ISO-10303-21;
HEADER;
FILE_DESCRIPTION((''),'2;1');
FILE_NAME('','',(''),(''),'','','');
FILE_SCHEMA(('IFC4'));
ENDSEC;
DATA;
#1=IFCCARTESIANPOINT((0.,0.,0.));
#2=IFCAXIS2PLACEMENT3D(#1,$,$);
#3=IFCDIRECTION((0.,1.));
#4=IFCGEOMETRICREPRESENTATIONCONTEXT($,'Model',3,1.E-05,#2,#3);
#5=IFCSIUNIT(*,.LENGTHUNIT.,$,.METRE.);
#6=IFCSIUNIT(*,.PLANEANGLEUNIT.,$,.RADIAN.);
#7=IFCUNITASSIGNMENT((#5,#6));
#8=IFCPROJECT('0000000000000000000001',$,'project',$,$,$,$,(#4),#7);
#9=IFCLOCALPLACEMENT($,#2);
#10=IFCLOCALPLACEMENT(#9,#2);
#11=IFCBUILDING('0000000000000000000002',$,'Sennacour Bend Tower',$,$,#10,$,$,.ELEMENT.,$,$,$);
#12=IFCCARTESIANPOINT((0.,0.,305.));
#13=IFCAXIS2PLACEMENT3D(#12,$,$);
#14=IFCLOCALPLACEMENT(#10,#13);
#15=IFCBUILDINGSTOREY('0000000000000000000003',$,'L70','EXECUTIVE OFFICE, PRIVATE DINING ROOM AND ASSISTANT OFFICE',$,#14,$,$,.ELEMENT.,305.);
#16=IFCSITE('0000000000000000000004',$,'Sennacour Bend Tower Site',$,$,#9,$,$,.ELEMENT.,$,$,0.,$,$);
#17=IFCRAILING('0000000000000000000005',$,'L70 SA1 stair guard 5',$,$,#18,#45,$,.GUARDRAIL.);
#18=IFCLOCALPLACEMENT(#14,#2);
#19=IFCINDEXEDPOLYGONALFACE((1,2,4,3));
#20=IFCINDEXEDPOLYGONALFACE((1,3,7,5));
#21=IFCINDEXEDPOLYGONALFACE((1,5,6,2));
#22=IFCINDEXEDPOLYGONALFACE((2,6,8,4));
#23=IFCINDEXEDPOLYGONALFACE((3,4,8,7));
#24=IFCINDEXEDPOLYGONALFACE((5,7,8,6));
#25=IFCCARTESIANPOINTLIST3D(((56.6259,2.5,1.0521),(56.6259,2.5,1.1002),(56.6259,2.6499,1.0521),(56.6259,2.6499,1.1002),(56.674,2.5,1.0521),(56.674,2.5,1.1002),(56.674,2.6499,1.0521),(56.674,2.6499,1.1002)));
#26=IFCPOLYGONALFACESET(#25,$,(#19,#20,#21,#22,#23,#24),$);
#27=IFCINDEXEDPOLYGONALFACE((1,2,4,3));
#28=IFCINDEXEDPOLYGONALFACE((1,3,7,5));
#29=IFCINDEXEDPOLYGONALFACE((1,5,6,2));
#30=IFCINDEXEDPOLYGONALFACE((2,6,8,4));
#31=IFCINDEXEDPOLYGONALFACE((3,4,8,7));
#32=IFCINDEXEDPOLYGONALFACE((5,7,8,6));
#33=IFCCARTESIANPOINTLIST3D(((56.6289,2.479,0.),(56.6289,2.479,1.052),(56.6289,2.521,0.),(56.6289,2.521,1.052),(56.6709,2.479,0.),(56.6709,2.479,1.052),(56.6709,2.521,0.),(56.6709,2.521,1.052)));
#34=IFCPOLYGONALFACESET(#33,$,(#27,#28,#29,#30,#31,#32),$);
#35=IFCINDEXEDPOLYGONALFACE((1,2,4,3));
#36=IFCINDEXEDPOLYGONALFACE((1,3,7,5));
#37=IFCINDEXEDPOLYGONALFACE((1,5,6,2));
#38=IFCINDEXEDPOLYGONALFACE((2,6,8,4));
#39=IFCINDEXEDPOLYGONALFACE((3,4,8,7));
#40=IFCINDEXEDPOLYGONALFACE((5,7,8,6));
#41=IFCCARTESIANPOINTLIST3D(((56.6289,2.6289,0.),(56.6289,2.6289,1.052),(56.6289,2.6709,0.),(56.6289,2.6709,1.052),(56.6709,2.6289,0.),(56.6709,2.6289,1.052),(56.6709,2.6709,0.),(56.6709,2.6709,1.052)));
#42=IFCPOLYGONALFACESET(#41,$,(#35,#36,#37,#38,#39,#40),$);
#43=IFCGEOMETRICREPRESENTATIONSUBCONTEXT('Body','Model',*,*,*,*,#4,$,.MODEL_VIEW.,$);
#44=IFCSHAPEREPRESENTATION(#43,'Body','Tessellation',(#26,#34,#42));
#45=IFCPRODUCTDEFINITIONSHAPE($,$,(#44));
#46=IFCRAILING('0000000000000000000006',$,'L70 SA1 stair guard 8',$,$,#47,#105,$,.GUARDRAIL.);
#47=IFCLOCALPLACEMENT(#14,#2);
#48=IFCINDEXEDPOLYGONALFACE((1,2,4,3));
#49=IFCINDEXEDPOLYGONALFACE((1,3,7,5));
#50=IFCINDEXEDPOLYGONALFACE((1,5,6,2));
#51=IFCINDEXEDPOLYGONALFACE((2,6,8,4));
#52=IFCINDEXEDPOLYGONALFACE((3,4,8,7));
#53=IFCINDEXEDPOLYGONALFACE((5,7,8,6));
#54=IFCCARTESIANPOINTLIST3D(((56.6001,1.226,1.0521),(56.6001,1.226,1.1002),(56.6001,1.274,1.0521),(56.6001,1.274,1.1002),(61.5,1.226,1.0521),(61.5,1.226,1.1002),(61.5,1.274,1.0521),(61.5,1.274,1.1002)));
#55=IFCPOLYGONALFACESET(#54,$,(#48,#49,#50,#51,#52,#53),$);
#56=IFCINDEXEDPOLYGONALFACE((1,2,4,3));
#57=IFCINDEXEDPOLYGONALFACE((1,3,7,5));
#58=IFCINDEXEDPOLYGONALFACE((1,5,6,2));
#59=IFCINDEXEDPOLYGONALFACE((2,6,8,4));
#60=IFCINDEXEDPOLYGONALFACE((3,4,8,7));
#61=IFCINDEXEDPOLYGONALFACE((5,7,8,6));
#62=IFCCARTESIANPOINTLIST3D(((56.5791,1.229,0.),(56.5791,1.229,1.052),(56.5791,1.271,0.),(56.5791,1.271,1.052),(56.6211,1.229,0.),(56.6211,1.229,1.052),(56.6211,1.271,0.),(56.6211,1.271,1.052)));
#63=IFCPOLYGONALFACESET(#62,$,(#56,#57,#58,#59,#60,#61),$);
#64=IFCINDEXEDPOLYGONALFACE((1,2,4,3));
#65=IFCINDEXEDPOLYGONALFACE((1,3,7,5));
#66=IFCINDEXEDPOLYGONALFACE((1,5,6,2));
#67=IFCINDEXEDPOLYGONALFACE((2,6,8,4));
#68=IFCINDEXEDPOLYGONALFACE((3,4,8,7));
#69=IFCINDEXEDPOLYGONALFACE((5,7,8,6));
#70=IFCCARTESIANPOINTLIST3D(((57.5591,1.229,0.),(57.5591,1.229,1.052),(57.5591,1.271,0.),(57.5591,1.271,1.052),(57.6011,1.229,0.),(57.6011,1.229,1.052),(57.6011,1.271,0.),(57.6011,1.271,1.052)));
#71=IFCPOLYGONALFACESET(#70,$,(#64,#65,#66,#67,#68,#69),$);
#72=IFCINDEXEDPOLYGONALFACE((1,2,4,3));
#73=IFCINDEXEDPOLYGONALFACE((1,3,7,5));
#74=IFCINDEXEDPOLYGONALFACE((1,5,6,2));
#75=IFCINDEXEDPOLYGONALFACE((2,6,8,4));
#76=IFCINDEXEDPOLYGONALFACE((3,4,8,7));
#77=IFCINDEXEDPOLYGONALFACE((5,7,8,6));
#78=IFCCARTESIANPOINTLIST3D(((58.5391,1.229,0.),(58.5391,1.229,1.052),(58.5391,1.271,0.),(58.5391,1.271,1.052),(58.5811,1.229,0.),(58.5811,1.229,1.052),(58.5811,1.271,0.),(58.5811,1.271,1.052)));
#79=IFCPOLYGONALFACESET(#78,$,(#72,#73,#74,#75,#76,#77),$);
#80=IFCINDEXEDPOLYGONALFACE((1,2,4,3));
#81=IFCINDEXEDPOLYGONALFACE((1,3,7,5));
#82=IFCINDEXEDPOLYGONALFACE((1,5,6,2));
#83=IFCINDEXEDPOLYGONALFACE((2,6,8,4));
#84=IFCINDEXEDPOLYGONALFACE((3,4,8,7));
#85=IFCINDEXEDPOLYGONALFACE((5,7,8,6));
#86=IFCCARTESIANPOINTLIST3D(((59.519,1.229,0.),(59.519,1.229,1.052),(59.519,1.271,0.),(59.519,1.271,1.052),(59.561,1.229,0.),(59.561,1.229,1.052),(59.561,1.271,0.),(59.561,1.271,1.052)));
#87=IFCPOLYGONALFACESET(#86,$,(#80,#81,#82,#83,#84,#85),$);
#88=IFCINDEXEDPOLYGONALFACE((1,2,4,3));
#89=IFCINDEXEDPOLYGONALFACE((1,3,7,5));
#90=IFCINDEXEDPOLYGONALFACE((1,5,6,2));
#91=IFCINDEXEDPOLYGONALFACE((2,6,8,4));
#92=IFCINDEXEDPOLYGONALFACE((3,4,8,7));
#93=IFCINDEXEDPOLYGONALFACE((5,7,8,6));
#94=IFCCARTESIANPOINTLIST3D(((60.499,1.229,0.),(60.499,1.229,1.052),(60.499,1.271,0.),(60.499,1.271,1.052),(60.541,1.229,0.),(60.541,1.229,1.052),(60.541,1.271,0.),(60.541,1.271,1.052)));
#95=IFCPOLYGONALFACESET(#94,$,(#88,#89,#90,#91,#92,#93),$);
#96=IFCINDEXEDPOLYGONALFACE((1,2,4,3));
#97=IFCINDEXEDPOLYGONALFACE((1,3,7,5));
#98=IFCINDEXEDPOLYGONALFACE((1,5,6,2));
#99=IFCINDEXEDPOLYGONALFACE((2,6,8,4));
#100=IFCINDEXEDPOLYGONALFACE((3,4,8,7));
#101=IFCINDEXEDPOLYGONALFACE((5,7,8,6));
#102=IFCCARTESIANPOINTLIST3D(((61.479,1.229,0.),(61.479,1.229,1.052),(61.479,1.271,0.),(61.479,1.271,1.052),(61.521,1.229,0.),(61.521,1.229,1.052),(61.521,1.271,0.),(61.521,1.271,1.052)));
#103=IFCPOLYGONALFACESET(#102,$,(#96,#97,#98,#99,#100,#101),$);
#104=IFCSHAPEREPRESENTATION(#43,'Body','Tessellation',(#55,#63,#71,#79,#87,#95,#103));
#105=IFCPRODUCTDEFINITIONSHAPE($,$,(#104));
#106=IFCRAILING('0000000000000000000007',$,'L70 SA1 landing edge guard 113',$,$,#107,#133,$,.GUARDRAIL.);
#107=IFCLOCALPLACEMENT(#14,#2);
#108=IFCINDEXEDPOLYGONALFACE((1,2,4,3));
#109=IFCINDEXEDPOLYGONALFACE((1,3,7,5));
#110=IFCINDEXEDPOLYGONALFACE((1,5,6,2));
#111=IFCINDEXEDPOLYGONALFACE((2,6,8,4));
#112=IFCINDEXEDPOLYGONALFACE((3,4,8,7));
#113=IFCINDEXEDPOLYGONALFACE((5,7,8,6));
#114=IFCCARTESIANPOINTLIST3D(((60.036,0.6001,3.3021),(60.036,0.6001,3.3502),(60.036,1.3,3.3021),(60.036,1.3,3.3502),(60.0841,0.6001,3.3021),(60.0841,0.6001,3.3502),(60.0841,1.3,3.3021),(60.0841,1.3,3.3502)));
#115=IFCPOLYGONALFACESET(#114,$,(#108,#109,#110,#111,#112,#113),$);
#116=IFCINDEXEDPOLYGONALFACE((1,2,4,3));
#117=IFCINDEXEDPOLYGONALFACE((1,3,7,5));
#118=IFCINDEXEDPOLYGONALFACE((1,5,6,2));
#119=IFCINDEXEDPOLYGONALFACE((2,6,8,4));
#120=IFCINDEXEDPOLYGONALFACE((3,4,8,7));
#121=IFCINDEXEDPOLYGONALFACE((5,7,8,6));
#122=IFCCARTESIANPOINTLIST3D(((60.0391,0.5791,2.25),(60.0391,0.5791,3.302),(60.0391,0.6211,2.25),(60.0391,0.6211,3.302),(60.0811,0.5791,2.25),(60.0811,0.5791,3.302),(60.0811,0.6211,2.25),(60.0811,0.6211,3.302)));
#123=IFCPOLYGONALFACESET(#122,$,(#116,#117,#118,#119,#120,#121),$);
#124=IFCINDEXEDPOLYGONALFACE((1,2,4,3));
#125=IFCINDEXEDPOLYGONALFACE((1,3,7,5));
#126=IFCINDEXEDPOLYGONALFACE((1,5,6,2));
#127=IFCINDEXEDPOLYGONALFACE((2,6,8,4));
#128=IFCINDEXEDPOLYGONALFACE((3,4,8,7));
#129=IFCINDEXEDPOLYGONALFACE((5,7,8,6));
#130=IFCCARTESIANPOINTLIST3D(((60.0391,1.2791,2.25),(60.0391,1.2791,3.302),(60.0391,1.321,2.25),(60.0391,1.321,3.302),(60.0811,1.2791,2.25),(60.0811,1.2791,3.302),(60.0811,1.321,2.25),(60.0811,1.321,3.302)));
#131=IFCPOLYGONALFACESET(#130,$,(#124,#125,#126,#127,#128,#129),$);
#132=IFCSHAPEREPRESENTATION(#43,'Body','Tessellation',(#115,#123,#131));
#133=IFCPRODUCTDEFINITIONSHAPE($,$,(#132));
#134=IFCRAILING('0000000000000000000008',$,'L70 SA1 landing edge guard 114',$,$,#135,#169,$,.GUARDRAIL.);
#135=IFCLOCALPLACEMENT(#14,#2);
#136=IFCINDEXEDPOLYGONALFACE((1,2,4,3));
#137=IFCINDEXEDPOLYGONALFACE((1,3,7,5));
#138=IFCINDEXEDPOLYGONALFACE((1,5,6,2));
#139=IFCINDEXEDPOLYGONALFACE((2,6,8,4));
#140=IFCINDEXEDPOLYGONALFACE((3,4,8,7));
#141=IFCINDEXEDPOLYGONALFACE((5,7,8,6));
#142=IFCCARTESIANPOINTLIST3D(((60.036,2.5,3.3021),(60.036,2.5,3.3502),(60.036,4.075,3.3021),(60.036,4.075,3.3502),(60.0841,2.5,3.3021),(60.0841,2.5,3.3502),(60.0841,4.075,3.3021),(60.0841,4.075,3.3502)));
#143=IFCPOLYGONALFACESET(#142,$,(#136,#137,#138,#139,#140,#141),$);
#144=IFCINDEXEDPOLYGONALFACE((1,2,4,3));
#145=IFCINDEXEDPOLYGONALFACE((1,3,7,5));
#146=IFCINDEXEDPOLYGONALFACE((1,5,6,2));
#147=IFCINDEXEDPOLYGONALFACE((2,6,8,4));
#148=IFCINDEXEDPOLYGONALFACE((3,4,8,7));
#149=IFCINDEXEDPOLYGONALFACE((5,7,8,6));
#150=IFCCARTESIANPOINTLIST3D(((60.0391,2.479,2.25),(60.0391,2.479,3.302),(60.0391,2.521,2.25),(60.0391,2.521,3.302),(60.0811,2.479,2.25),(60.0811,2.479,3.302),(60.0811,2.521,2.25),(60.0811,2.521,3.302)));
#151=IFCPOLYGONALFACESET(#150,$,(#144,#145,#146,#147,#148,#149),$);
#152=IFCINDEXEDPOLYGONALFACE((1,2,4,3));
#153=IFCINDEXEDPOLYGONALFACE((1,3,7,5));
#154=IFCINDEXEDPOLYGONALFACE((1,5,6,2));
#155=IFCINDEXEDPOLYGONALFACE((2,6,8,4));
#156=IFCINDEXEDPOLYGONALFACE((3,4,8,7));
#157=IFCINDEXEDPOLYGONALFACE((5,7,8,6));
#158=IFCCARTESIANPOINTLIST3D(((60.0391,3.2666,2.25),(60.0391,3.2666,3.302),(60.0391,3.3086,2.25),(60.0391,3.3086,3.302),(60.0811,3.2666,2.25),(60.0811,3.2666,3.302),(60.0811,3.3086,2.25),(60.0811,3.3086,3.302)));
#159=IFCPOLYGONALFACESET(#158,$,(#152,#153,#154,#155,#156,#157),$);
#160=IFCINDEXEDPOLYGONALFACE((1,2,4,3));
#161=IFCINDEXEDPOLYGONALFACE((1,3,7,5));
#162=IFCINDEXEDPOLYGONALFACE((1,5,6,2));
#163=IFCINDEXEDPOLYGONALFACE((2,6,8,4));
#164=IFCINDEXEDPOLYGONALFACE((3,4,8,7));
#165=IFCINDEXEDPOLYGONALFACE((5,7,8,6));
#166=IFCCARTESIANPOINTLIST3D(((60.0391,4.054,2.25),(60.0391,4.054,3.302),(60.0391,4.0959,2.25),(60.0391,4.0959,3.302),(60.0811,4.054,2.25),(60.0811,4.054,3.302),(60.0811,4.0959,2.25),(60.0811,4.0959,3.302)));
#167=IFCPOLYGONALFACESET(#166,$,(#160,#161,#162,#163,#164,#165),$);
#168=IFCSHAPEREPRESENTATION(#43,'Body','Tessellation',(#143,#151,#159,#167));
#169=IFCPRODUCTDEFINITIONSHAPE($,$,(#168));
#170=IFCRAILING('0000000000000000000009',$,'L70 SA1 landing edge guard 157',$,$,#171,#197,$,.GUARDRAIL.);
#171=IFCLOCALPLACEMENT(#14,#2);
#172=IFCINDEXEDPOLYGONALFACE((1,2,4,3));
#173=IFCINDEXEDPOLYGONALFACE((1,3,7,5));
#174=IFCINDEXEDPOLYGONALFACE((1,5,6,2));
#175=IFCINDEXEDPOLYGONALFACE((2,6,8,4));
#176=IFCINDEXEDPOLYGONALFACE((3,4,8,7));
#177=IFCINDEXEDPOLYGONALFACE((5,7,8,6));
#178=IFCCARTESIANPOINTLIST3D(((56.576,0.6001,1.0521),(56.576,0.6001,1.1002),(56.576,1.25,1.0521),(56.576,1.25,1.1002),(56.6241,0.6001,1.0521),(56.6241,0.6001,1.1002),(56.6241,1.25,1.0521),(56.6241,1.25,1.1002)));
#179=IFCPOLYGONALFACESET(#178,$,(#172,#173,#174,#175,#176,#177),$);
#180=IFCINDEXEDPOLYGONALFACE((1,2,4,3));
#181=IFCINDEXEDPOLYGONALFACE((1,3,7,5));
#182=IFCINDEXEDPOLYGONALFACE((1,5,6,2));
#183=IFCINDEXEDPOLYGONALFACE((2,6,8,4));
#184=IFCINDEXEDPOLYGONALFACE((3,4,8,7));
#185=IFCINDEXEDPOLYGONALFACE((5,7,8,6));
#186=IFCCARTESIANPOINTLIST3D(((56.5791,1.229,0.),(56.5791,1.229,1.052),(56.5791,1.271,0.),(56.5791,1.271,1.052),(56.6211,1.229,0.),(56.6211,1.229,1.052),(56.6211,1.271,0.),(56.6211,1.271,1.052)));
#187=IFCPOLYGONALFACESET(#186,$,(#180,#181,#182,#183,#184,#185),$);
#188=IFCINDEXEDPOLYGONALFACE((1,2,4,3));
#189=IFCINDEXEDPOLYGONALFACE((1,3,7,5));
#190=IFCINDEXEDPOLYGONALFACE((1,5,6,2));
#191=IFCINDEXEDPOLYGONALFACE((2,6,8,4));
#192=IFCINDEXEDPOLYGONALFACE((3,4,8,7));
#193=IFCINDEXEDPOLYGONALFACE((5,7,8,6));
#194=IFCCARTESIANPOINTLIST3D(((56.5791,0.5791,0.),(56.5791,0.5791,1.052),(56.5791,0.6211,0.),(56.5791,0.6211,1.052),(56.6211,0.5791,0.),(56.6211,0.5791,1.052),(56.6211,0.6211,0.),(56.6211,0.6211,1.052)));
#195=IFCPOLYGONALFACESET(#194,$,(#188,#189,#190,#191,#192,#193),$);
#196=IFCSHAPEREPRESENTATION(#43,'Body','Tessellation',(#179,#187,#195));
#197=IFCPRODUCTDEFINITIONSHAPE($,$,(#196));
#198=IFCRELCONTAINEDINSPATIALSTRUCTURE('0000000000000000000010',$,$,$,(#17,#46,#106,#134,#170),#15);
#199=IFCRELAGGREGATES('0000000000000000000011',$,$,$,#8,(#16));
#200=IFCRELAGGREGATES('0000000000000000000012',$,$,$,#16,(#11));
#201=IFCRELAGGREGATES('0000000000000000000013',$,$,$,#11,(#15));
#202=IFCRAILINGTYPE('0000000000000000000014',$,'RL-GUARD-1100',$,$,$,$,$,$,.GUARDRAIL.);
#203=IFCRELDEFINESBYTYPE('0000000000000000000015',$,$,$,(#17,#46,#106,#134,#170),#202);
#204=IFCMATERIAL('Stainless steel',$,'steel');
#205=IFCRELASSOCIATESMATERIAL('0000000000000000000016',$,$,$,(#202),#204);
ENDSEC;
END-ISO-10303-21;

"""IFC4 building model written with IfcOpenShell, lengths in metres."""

from ifc_helpers import new_model, si_unit, direction, frame, origin, origin_2d, place, context, subcontext, project, spatial, rectangle, extrude, material, type_object, element, save


model = new_model("IFC4")

# Units and contexts
model_context = context("Model", 3, precision=1e-05, world=origin(), true_north=direction((0.0, 1.0)))
body_context = subcontext(model_context, "Body", "Model", "MODEL_VIEW")
ifc_project = project(units=[si_unit("LENGTHUNIT", "METRE"), si_unit("PLANEANGLEUNIT", "RADIAN")], contexts=[model_context])

# Site, building, storey
site_placement = place(None, origin())
site = spatial("IfcSite", under=ifc_project, at=site_placement, Name="Sennacour Bend Tower Site", CompositionType="ELEMENT", RefElevation=0.0)
building_placement = place(site_placement, origin())
building = spatial("IfcBuilding", under=site, at=building_placement, Name="Sennacour Bend Tower", CompositionType="ELEMENT")
storey_placement = place(building_placement, frame((0.0, 0.0, 305.0)))
storey = spatial("IfcBuildingStorey", under=building, at=storey_placement, Name="L70", Description="EXECUTIVE OFFICE, PRIVATE DINING ROOM AND ASSISTANT OFFICE", CompositionType="ELEMENT", Elevation=305.0)

# Shared definitions
ifc_material_1 = material(Name="Stainless steel", Category="steel")

# Railings
railing_type_1 = type_object("IfcRailingType", Name="RL-GUARD-1100", PredefinedType="GUARDRAIL", material=ifc_material_1)
railing_1_placement = place(storey_placement, frame((56.6499, 2.5, 0.0)))
element("IfcRailing", 1, at=railing_1_placement, inside=storey, type_object=railing_type_1, Name="L70 SA1 stair guard 5", PredefinedType="GUARDRAIL", context=body_context, shape_type="SweptSolid", body=[
    extrude(rectangle(XDim=0.0481, YDim=0.0481, at=origin_2d()), frame((0.0, 0.0, 1.0762), z_axis=(0.0, 1.0, 0.0), x_axis=(-1.0, 0.0, 0.0)), (0.0, 0.0, 1.0), 0.1499),
    extrude(rectangle(XDim=0.042, YDim=0.042, at=origin_2d()), origin(), (0.0, 0.0, 1.0), 1.052),
    extrude(rectangle(XDim=0.042, YDim=0.042, at=origin_2d()), frame((0.0, 0.1499, 0.0)), (0.0, 0.0, 1.0), 1.052),
])
railing_2_placement = place(storey_placement, frame((56.6001, 1.25, 0.0)))
element("IfcRailing", 2, at=railing_2_placement, inside=storey, type_object=railing_type_1, Name="L70 SA1 stair guard 8", PredefinedType="GUARDRAIL", context=body_context, shape_type="SweptSolid", body=[
    extrude(rectangle(XDim=0.0481, YDim=0.0481, at=origin_2d()), frame((0.0, 0.0, 1.0762), z_axis=(1.0, 0.0, 0.0), x_axis=(0.0, 1.0, 0.0)), (0.0, 0.0, 1.0), 4.8999),
    extrude(rectangle(XDim=0.042, YDim=0.042, at=origin_2d()), origin(), (0.0, 0.0, 1.0), 1.052),
    extrude(rectangle(XDim=0.042, YDim=0.042, at=origin_2d()), frame((0.98, 0.0, 0.0)), (0.0, 0.0, 1.0), 1.052),
    extrude(rectangle(XDim=0.042, YDim=0.042, at=origin_2d()), frame((1.96, 0.0, 0.0)), (0.0, 0.0, 1.0), 1.052),
    extrude(rectangle(XDim=0.042, YDim=0.042, at=origin_2d()), frame((2.9399, 0.0, 0.0)), (0.0, 0.0, 1.0), 1.052),
    extrude(rectangle(XDim=0.042, YDim=0.042, at=origin_2d()), frame((3.9199, 0.0, 0.0)), (0.0, 0.0, 1.0), 1.052),
    extrude(rectangle(XDim=0.042, YDim=0.042, at=origin_2d()), frame((4.8999, 0.0, 0.0)), (0.0, 0.0, 1.0), 1.052),
])
railing_3_placement = place(storey_placement, frame((60.0601, 0.6001, 2.25)))
element("IfcRailing", 3, at=railing_3_placement, inside=storey, type_object=railing_type_1, Name="L70 SA1 landing edge guard 113", PredefinedType="GUARDRAIL", context=body_context, shape_type="SweptSolid", body=[
    extrude(rectangle(XDim=0.0481, YDim=0.0481, at=origin_2d()), frame((0.0, 0.0, 1.0762), z_axis=(0.0, 1.0, 0.0), x_axis=(-1.0, 0.0, 0.0)), (0.0, 0.0, 1.0), 0.7),
    extrude(rectangle(XDim=0.042, YDim=0.042, at=origin_2d()), origin(), (0.0, 0.0, 1.0), 1.052),
    extrude(rectangle(XDim=0.042, YDim=0.042, at=origin_2d()), frame((0.0, 0.7, 0.0)), (0.0, 0.0, 1.0), 1.052),
])
railing_4_placement = place(storey_placement, frame((60.0601, 2.5, 2.25)))
element("IfcRailing", 4, at=railing_4_placement, inside=storey, type_object=railing_type_1, Name="L70 SA1 landing edge guard 114", PredefinedType="GUARDRAIL", context=body_context, shape_type="SweptSolid", body=[
    extrude(rectangle(XDim=0.0481, YDim=0.0481, at=origin_2d()), frame((0.0, 0.0, 1.0762), z_axis=(0.0, 1.0, 0.0), x_axis=(-1.0, 0.0, 0.0)), (0.0, 0.0, 1.0), 1.575),
    extrude(rectangle(XDim=0.042, YDim=0.042, at=origin_2d()), origin(), (0.0, 0.0, 1.0), 1.052),
    extrude(rectangle(XDim=0.042, YDim=0.042, at=origin_2d()), frame((0.0, 0.7876, 0.0)), (0.0, 0.0, 1.0), 1.052),
    extrude(rectangle(XDim=0.042, YDim=0.042, at=origin_2d()), frame((0.0, 1.575, 0.0)), (0.0, 0.0, 1.0), 1.052),
])
railing_5_placement = place(storey_placement, frame((56.6001, 1.25, 0.0)))
element("IfcRailing", 5, at=railing_5_placement, inside=storey, type_object=railing_type_1, Name="L70 SA1 landing edge guard 157", PredefinedType="GUARDRAIL", context=body_context, shape_type="SweptSolid", body=[
    extrude(rectangle(XDim=0.0481, YDim=0.0481, at=origin_2d()), frame((0.0, 0.0, 1.0762), z_axis=(0.0, -1.0, 0.0), x_axis=(1.0, 0.0, 0.0)), (0.0, 0.0, 1.0), 0.6499),
    extrude(rectangle(XDim=0.042, YDim=0.042, at=origin_2d()), origin(), (0.0, 0.0, 1.0), 1.052),
    extrude(rectangle(XDim=0.042, YDim=0.042, at=origin_2d()), frame((0.0, -0.6499, 0.0)), (0.0, 0.0, 1.0), 1.052),
])

save(model, "model.ifc")
